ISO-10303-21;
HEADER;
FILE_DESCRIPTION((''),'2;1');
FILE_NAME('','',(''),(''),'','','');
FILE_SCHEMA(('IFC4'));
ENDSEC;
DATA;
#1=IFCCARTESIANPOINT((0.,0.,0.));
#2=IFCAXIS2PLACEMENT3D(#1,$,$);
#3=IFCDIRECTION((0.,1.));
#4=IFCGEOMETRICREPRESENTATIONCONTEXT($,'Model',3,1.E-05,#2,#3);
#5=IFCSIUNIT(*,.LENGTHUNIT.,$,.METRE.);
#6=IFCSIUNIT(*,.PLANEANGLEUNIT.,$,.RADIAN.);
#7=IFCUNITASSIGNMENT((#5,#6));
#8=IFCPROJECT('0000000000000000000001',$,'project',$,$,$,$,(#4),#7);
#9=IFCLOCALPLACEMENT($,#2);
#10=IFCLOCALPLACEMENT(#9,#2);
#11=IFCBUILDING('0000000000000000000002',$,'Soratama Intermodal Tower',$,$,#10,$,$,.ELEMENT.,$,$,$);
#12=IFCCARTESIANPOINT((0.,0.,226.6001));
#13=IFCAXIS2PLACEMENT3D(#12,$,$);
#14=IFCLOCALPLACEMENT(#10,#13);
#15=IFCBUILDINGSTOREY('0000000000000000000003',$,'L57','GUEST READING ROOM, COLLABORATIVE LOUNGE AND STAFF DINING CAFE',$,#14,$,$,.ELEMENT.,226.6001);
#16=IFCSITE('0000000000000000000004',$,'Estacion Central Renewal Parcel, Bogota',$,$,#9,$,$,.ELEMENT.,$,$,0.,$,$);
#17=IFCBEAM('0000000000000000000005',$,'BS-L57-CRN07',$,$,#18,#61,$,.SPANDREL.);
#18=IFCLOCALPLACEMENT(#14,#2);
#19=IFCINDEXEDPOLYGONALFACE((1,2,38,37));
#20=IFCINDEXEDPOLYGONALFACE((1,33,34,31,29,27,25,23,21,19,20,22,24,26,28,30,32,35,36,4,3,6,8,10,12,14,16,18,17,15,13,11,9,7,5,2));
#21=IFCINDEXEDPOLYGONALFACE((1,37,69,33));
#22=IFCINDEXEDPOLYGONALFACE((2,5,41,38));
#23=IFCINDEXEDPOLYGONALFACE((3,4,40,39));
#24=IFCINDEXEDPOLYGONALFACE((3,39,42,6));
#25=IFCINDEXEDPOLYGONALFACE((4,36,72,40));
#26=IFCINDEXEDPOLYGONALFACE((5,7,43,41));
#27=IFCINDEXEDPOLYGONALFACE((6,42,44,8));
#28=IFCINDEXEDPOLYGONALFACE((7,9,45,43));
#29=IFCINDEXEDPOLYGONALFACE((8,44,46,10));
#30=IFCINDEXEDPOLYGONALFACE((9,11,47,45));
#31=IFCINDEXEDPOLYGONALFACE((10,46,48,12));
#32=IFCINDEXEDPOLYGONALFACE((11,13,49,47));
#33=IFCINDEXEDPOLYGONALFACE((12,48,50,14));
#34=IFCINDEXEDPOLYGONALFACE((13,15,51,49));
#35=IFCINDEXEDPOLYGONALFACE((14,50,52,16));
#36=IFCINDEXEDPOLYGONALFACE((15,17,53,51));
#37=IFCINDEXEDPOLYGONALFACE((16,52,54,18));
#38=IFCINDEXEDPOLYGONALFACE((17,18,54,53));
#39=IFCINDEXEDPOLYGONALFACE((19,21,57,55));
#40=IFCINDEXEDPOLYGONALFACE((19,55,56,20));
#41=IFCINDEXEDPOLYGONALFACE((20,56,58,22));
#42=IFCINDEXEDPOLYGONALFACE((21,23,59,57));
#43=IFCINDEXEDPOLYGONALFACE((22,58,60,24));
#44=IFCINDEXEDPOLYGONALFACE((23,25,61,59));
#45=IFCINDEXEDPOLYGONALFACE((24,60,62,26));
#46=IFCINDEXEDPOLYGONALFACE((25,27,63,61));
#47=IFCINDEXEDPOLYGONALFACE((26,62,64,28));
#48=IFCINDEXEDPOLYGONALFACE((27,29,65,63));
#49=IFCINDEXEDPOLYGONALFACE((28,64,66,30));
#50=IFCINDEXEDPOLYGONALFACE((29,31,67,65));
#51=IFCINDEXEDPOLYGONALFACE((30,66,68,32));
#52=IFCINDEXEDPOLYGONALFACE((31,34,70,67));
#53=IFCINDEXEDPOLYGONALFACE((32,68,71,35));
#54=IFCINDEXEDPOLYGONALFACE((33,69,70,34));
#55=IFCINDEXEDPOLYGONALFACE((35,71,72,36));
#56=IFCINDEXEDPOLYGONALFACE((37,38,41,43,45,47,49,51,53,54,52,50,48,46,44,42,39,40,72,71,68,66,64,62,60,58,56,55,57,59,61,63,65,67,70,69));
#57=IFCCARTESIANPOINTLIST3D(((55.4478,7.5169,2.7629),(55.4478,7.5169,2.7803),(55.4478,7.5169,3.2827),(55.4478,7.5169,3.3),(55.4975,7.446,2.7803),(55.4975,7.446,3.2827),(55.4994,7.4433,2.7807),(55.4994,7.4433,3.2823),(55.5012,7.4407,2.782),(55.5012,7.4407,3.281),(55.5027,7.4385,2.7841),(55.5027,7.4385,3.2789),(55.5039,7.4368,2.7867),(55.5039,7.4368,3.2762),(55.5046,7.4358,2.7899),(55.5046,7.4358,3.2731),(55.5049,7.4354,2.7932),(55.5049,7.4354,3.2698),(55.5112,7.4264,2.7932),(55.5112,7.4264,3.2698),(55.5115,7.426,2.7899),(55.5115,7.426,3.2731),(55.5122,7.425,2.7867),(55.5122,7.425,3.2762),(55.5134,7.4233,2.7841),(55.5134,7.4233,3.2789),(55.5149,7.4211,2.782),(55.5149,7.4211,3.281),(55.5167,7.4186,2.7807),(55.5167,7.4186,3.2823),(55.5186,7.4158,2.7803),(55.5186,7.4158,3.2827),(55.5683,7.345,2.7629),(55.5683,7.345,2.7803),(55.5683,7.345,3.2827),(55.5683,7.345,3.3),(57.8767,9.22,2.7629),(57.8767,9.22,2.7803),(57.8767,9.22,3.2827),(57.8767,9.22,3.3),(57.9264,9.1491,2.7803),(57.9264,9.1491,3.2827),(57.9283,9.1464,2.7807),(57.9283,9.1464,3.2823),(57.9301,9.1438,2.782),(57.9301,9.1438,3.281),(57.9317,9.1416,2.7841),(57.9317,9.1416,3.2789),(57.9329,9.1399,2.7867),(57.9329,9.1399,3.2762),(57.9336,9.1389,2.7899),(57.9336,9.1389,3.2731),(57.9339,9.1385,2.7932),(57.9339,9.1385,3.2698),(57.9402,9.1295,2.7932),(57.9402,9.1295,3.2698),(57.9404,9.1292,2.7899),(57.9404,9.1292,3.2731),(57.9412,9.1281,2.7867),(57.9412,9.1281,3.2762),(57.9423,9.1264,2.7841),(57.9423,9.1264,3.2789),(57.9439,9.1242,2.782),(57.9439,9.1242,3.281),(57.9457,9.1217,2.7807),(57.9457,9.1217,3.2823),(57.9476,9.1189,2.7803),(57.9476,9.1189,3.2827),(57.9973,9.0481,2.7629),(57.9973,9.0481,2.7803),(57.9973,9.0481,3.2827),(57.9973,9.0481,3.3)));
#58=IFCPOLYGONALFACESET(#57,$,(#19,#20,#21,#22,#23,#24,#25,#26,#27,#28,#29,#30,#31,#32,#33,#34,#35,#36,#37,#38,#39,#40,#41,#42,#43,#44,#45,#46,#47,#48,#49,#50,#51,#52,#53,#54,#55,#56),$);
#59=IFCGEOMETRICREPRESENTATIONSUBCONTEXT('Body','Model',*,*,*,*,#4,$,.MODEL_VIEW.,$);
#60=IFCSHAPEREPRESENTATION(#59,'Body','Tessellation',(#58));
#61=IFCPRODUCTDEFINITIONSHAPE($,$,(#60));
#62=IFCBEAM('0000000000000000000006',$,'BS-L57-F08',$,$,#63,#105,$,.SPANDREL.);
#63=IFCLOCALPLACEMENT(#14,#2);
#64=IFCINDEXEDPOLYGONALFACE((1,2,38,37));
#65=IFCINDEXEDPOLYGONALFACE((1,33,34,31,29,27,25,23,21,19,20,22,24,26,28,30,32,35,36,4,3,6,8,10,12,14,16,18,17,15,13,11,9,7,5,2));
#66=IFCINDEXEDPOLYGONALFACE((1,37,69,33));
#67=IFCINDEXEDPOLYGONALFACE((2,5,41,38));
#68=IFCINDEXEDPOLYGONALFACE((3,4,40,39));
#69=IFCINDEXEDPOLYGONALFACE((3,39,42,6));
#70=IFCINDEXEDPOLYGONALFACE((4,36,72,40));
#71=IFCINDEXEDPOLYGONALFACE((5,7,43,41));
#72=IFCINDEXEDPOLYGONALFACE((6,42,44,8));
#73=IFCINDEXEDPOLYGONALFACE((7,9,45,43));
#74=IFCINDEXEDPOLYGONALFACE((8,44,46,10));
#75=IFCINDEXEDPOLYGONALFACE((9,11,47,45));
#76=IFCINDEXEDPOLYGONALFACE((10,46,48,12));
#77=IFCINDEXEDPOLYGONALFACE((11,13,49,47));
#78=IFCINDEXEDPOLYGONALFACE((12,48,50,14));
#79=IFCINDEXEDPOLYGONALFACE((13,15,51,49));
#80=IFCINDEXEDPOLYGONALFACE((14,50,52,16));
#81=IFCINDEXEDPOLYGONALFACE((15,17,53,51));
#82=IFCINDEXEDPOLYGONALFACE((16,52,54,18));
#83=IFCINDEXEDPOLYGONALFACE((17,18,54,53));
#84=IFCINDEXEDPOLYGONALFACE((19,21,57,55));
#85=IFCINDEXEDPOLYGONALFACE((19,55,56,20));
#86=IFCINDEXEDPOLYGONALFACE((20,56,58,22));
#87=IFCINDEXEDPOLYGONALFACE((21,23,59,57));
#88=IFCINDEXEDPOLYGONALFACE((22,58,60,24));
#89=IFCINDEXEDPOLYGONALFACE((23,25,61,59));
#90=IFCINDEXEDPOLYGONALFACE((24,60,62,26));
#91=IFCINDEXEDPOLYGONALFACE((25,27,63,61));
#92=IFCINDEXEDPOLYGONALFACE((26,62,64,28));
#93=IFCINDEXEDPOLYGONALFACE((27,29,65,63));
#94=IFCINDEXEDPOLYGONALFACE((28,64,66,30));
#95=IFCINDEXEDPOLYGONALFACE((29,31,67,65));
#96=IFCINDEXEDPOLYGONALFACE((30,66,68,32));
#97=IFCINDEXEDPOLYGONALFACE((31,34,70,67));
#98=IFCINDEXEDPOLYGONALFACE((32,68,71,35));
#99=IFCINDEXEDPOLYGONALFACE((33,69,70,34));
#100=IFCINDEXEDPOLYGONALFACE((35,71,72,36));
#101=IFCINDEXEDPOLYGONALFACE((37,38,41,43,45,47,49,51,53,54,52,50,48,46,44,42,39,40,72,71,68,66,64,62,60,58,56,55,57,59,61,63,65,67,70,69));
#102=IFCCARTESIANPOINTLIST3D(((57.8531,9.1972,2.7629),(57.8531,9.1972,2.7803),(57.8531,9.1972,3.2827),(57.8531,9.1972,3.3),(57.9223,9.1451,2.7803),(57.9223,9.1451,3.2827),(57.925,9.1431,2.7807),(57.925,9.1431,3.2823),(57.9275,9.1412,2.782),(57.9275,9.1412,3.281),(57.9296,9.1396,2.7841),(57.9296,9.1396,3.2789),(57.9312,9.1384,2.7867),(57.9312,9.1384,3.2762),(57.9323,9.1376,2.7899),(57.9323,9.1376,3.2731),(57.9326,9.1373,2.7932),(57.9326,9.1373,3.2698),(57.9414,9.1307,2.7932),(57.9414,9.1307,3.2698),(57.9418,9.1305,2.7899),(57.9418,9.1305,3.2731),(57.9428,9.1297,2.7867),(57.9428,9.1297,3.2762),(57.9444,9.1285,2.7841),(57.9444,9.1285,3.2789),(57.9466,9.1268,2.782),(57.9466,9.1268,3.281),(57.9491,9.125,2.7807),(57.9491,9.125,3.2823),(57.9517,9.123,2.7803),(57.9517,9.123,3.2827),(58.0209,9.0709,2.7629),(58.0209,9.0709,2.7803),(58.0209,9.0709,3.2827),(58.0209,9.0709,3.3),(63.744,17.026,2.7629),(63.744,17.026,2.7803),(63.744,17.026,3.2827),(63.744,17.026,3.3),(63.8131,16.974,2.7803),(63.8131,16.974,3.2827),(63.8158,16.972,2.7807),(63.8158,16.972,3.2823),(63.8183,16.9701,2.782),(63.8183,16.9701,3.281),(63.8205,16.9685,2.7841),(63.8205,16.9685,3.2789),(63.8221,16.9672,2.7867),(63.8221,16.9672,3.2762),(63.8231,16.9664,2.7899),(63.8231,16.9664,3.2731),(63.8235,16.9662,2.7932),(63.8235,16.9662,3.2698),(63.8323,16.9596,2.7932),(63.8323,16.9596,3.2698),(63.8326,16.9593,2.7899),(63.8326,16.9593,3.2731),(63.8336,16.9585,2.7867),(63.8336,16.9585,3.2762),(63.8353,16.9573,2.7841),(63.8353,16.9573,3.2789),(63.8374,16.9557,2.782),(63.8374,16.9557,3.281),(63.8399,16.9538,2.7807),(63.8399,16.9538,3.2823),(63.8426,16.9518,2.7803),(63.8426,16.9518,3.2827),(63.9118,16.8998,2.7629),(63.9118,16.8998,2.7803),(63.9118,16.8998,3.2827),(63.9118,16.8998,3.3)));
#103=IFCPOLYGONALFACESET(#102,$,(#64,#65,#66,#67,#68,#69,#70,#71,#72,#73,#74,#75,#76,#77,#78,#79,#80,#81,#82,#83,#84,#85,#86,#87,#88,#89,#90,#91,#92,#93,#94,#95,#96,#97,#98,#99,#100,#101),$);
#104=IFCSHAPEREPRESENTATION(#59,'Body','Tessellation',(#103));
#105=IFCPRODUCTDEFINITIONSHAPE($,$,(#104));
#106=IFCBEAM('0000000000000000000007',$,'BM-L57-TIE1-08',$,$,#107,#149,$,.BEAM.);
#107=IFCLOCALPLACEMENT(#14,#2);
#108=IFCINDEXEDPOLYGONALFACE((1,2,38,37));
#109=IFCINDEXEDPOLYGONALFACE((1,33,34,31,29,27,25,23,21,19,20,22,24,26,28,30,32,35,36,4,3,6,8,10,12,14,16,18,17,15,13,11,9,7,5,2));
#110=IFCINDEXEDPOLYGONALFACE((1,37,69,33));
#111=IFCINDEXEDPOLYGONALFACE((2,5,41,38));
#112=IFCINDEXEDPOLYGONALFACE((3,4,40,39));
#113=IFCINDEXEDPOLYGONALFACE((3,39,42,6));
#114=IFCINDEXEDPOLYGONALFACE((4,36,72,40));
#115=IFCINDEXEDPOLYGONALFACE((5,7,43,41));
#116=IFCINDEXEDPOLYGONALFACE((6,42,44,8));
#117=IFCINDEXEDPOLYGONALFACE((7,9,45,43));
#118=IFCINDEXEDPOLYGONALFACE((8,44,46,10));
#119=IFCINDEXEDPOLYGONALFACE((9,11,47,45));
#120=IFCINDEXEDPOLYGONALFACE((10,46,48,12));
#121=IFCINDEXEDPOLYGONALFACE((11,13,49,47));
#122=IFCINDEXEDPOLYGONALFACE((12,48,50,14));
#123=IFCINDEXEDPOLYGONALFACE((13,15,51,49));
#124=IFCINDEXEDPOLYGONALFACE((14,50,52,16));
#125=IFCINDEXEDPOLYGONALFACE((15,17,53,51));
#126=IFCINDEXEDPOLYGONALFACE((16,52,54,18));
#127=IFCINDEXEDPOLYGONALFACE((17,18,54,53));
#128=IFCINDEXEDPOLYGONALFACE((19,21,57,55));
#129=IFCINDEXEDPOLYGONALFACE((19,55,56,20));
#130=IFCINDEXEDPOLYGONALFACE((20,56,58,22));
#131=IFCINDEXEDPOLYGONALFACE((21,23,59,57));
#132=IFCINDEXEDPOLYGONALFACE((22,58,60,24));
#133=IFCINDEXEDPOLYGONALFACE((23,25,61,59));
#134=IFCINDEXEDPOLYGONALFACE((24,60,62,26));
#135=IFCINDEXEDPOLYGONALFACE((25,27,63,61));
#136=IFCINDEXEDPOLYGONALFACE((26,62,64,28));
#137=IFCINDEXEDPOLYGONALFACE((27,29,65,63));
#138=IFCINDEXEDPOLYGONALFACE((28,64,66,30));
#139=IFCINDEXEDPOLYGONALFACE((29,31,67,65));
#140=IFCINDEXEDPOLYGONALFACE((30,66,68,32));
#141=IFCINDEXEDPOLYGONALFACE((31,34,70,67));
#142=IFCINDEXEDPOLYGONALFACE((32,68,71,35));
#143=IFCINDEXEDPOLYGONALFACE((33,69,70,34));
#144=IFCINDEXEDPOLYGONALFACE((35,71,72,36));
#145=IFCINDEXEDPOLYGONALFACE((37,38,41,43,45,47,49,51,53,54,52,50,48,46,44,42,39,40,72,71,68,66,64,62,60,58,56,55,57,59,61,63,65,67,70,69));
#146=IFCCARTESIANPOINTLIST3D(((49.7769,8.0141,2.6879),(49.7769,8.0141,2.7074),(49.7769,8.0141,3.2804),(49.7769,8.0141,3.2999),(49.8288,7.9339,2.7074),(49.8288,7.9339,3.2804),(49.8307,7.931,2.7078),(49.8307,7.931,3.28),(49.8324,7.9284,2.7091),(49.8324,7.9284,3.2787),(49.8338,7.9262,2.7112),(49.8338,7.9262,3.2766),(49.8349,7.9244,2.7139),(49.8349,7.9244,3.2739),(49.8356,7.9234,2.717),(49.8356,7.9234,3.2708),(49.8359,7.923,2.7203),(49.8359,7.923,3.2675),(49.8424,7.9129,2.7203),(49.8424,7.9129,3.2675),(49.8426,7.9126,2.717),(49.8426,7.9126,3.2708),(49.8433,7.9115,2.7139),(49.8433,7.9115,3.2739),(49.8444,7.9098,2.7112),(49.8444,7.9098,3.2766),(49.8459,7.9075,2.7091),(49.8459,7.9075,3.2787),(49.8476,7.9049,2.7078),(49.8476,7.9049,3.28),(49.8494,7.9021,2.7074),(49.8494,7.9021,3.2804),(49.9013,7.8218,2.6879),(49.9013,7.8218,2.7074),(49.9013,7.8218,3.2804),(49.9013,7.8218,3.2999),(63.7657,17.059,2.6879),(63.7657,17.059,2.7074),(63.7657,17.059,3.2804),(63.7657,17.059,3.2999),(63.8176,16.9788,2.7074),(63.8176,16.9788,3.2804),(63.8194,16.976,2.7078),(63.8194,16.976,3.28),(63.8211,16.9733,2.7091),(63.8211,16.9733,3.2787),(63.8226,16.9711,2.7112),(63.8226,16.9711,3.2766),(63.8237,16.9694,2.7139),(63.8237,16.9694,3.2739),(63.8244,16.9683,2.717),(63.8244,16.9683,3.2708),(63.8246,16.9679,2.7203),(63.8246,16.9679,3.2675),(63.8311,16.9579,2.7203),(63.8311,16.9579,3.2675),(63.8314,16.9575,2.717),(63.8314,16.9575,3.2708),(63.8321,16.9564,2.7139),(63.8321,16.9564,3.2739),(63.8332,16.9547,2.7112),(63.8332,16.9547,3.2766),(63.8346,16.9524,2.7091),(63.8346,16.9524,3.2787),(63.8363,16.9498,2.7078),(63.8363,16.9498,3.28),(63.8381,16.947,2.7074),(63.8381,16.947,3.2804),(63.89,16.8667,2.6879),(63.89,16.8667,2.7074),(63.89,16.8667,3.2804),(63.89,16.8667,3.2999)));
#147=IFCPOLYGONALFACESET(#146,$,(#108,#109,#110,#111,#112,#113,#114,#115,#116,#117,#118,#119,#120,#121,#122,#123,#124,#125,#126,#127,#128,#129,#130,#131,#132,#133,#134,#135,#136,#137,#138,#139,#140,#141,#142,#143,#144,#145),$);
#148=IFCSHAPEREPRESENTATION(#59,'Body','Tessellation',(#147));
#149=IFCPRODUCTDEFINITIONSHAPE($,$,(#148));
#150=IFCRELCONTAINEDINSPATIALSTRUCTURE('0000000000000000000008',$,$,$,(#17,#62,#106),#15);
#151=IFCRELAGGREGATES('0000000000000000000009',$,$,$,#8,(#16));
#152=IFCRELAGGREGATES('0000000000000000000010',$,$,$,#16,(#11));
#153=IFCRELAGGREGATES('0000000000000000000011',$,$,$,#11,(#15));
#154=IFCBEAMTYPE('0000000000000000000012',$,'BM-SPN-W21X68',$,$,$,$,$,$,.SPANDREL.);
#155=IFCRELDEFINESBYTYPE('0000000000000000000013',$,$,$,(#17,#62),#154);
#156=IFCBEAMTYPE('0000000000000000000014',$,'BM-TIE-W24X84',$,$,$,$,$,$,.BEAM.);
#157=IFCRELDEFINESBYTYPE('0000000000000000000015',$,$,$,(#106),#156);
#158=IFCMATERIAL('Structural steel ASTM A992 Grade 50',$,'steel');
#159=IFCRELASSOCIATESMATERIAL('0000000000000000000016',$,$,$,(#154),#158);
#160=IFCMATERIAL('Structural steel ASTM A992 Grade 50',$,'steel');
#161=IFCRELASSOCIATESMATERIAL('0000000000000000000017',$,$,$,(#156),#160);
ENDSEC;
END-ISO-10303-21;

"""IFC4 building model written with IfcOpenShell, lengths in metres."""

from ifc_helpers import new_model, si_unit, direction, frame, origin, origin_2d, place, context, subcontext, project, spatial, i_section, extrude, material, material_profile, profile_set, type_object, element, save


model = new_model("IFC4")

# Units and contexts
model_context = context("Model", 3, precision=1e-05, world=origin(), true_north=direction((0.0, 1.0)))
body_context = subcontext(model_context, "Body", "Model", "MODEL_VIEW")
ifc_project = project(units=[si_unit("LENGTHUNIT", "METRE"), si_unit("PLANEANGLEUNIT", "RADIAN")], contexts=[model_context])

# Site, building, storey
site_placement = place(None, origin())
site = spatial("IfcSite", under=ifc_project, at=site_placement, Name="Estacion Central Renewal Parcel, Bogota", CompositionType="ELEMENT", RefElevation=0.0)
building_placement = place(site_placement, origin())
building = spatial("IfcBuilding", under=site, at=building_placement, Name="Soratama Intermodal Tower", CompositionType="ELEMENT")
storey_placement = place(building_placement, frame((0.0, 0.0, 226.6001)))
storey = spatial("IfcBuildingStorey", under=building, at=storey_placement, Name="L57", Description="GUEST READING ROOM, COLLABORATIVE LOUNGE AND STAFF DINING CAFE", CompositionType="ELEMENT", Elevation=226.6001)

# Beams
ifc_material_1 = material(Name="Structural steel ASTM A992 Grade 50", Category="steel")
ifc_material_profile_1 = material_profile(ifc_material_1, i_section(OverallWidth=0.21, OverallDepth=0.5371, WebThickness=0.011, FlangeThickness=0.0173, FilletRadius=0.0129, at=origin_2d()), Name="W21X68")
ifc_profile_set_1 = profile_set([ifc_material_profile_1], Name="Structural steel ASTM A992 Grade 50")
beam_type_1 = type_object("IfcBeamType", Name="BM-SPN-W21X68", PredefinedType="SPANDREL", material=ifc_profile_set_1)
beam_1_placement = place(storey_placement, frame((55.5081, 7.4309, 3.0315), z_axis=(0.818779, 0.574108, 0.0), x_axis=(-0.574108, 0.818779, 0.0)))
element("IfcBeam", 1, at=beam_1_placement, inside=storey, type_object=beam_type_1, Name="BS-L57-CRN07", PredefinedType="SPANDREL", context=body_context, shape_type="SweptSolid", body=[
    extrude(i_section(OverallWidth=0.21, OverallDepth=0.5371, WebThickness=0.011, FlangeThickness=0.0173, FilletRadius=0.0129, at=origin_2d()), origin(), (0.0, 0.0, 1.0), 2.9666),
])
beam_2_placement = place(storey_placement, frame((57.937, 9.134, 3.0315), z_axis=(0.601255, 0.799057, 0.0), x_axis=(-0.799057, 0.601255, 0.0)))
element("IfcBeam", 2, at=beam_2_placement, inside=storey, type_object=beam_type_1, Name="BS-L57-F08", PredefinedType="SPANDREL", context=body_context, shape_type="SweptSolid", body=[
    extrude(i_section(OverallWidth=0.21, OverallDepth=0.5371, WebThickness=0.011, FlangeThickness=0.0173, FilletRadius=0.0129, at=origin_2d()), origin(), (0.0, 0.0, 1.0), 9.7976),
])
ifc_material_2 = material(Name="Structural steel ASTM A992 Grade 50", Category="steel")
ifc_material_profile_2 = material_profile(ifc_material_2, i_section(OverallWidth=0.229, OverallDepth=0.6121, WebThickness=0.012, FlangeThickness=0.0195, FilletRadius=0.0129, at=origin_2d()), Name="W24X84")
ifc_profile_set_2 = profile_set([ifc_material_profile_2], Name="Structural steel ASTM A992 Grade 50")
beam_type_2 = type_object("IfcBeamType", Name="BM-TIE-W24X84", PredefinedType="BEAM", material=ifc_profile_set_2)
beam_3_placement = place(storey_placement, frame((49.8391, 7.918, 2.9939), z_axis=(0.839752, 0.54297, 0.0), x_axis=(-0.54297, 0.839752, 0.0)))
element("IfcBeam", 3, at=beam_3_placement, inside=storey, type_object=beam_type_2, Name="BM-L57-TIE1-08", PredefinedType="BEAM", context=body_context, shape_type="SweptSolid", body=[
    extrude(i_section(OverallWidth=0.229, OverallDepth=0.6121, WebThickness=0.012, FlangeThickness=0.0195, FilletRadius=0.0129, at=origin_2d()), origin(), (0.0, 0.0, 1.0), 16.6582),
])

save(model, "model.ifc")
